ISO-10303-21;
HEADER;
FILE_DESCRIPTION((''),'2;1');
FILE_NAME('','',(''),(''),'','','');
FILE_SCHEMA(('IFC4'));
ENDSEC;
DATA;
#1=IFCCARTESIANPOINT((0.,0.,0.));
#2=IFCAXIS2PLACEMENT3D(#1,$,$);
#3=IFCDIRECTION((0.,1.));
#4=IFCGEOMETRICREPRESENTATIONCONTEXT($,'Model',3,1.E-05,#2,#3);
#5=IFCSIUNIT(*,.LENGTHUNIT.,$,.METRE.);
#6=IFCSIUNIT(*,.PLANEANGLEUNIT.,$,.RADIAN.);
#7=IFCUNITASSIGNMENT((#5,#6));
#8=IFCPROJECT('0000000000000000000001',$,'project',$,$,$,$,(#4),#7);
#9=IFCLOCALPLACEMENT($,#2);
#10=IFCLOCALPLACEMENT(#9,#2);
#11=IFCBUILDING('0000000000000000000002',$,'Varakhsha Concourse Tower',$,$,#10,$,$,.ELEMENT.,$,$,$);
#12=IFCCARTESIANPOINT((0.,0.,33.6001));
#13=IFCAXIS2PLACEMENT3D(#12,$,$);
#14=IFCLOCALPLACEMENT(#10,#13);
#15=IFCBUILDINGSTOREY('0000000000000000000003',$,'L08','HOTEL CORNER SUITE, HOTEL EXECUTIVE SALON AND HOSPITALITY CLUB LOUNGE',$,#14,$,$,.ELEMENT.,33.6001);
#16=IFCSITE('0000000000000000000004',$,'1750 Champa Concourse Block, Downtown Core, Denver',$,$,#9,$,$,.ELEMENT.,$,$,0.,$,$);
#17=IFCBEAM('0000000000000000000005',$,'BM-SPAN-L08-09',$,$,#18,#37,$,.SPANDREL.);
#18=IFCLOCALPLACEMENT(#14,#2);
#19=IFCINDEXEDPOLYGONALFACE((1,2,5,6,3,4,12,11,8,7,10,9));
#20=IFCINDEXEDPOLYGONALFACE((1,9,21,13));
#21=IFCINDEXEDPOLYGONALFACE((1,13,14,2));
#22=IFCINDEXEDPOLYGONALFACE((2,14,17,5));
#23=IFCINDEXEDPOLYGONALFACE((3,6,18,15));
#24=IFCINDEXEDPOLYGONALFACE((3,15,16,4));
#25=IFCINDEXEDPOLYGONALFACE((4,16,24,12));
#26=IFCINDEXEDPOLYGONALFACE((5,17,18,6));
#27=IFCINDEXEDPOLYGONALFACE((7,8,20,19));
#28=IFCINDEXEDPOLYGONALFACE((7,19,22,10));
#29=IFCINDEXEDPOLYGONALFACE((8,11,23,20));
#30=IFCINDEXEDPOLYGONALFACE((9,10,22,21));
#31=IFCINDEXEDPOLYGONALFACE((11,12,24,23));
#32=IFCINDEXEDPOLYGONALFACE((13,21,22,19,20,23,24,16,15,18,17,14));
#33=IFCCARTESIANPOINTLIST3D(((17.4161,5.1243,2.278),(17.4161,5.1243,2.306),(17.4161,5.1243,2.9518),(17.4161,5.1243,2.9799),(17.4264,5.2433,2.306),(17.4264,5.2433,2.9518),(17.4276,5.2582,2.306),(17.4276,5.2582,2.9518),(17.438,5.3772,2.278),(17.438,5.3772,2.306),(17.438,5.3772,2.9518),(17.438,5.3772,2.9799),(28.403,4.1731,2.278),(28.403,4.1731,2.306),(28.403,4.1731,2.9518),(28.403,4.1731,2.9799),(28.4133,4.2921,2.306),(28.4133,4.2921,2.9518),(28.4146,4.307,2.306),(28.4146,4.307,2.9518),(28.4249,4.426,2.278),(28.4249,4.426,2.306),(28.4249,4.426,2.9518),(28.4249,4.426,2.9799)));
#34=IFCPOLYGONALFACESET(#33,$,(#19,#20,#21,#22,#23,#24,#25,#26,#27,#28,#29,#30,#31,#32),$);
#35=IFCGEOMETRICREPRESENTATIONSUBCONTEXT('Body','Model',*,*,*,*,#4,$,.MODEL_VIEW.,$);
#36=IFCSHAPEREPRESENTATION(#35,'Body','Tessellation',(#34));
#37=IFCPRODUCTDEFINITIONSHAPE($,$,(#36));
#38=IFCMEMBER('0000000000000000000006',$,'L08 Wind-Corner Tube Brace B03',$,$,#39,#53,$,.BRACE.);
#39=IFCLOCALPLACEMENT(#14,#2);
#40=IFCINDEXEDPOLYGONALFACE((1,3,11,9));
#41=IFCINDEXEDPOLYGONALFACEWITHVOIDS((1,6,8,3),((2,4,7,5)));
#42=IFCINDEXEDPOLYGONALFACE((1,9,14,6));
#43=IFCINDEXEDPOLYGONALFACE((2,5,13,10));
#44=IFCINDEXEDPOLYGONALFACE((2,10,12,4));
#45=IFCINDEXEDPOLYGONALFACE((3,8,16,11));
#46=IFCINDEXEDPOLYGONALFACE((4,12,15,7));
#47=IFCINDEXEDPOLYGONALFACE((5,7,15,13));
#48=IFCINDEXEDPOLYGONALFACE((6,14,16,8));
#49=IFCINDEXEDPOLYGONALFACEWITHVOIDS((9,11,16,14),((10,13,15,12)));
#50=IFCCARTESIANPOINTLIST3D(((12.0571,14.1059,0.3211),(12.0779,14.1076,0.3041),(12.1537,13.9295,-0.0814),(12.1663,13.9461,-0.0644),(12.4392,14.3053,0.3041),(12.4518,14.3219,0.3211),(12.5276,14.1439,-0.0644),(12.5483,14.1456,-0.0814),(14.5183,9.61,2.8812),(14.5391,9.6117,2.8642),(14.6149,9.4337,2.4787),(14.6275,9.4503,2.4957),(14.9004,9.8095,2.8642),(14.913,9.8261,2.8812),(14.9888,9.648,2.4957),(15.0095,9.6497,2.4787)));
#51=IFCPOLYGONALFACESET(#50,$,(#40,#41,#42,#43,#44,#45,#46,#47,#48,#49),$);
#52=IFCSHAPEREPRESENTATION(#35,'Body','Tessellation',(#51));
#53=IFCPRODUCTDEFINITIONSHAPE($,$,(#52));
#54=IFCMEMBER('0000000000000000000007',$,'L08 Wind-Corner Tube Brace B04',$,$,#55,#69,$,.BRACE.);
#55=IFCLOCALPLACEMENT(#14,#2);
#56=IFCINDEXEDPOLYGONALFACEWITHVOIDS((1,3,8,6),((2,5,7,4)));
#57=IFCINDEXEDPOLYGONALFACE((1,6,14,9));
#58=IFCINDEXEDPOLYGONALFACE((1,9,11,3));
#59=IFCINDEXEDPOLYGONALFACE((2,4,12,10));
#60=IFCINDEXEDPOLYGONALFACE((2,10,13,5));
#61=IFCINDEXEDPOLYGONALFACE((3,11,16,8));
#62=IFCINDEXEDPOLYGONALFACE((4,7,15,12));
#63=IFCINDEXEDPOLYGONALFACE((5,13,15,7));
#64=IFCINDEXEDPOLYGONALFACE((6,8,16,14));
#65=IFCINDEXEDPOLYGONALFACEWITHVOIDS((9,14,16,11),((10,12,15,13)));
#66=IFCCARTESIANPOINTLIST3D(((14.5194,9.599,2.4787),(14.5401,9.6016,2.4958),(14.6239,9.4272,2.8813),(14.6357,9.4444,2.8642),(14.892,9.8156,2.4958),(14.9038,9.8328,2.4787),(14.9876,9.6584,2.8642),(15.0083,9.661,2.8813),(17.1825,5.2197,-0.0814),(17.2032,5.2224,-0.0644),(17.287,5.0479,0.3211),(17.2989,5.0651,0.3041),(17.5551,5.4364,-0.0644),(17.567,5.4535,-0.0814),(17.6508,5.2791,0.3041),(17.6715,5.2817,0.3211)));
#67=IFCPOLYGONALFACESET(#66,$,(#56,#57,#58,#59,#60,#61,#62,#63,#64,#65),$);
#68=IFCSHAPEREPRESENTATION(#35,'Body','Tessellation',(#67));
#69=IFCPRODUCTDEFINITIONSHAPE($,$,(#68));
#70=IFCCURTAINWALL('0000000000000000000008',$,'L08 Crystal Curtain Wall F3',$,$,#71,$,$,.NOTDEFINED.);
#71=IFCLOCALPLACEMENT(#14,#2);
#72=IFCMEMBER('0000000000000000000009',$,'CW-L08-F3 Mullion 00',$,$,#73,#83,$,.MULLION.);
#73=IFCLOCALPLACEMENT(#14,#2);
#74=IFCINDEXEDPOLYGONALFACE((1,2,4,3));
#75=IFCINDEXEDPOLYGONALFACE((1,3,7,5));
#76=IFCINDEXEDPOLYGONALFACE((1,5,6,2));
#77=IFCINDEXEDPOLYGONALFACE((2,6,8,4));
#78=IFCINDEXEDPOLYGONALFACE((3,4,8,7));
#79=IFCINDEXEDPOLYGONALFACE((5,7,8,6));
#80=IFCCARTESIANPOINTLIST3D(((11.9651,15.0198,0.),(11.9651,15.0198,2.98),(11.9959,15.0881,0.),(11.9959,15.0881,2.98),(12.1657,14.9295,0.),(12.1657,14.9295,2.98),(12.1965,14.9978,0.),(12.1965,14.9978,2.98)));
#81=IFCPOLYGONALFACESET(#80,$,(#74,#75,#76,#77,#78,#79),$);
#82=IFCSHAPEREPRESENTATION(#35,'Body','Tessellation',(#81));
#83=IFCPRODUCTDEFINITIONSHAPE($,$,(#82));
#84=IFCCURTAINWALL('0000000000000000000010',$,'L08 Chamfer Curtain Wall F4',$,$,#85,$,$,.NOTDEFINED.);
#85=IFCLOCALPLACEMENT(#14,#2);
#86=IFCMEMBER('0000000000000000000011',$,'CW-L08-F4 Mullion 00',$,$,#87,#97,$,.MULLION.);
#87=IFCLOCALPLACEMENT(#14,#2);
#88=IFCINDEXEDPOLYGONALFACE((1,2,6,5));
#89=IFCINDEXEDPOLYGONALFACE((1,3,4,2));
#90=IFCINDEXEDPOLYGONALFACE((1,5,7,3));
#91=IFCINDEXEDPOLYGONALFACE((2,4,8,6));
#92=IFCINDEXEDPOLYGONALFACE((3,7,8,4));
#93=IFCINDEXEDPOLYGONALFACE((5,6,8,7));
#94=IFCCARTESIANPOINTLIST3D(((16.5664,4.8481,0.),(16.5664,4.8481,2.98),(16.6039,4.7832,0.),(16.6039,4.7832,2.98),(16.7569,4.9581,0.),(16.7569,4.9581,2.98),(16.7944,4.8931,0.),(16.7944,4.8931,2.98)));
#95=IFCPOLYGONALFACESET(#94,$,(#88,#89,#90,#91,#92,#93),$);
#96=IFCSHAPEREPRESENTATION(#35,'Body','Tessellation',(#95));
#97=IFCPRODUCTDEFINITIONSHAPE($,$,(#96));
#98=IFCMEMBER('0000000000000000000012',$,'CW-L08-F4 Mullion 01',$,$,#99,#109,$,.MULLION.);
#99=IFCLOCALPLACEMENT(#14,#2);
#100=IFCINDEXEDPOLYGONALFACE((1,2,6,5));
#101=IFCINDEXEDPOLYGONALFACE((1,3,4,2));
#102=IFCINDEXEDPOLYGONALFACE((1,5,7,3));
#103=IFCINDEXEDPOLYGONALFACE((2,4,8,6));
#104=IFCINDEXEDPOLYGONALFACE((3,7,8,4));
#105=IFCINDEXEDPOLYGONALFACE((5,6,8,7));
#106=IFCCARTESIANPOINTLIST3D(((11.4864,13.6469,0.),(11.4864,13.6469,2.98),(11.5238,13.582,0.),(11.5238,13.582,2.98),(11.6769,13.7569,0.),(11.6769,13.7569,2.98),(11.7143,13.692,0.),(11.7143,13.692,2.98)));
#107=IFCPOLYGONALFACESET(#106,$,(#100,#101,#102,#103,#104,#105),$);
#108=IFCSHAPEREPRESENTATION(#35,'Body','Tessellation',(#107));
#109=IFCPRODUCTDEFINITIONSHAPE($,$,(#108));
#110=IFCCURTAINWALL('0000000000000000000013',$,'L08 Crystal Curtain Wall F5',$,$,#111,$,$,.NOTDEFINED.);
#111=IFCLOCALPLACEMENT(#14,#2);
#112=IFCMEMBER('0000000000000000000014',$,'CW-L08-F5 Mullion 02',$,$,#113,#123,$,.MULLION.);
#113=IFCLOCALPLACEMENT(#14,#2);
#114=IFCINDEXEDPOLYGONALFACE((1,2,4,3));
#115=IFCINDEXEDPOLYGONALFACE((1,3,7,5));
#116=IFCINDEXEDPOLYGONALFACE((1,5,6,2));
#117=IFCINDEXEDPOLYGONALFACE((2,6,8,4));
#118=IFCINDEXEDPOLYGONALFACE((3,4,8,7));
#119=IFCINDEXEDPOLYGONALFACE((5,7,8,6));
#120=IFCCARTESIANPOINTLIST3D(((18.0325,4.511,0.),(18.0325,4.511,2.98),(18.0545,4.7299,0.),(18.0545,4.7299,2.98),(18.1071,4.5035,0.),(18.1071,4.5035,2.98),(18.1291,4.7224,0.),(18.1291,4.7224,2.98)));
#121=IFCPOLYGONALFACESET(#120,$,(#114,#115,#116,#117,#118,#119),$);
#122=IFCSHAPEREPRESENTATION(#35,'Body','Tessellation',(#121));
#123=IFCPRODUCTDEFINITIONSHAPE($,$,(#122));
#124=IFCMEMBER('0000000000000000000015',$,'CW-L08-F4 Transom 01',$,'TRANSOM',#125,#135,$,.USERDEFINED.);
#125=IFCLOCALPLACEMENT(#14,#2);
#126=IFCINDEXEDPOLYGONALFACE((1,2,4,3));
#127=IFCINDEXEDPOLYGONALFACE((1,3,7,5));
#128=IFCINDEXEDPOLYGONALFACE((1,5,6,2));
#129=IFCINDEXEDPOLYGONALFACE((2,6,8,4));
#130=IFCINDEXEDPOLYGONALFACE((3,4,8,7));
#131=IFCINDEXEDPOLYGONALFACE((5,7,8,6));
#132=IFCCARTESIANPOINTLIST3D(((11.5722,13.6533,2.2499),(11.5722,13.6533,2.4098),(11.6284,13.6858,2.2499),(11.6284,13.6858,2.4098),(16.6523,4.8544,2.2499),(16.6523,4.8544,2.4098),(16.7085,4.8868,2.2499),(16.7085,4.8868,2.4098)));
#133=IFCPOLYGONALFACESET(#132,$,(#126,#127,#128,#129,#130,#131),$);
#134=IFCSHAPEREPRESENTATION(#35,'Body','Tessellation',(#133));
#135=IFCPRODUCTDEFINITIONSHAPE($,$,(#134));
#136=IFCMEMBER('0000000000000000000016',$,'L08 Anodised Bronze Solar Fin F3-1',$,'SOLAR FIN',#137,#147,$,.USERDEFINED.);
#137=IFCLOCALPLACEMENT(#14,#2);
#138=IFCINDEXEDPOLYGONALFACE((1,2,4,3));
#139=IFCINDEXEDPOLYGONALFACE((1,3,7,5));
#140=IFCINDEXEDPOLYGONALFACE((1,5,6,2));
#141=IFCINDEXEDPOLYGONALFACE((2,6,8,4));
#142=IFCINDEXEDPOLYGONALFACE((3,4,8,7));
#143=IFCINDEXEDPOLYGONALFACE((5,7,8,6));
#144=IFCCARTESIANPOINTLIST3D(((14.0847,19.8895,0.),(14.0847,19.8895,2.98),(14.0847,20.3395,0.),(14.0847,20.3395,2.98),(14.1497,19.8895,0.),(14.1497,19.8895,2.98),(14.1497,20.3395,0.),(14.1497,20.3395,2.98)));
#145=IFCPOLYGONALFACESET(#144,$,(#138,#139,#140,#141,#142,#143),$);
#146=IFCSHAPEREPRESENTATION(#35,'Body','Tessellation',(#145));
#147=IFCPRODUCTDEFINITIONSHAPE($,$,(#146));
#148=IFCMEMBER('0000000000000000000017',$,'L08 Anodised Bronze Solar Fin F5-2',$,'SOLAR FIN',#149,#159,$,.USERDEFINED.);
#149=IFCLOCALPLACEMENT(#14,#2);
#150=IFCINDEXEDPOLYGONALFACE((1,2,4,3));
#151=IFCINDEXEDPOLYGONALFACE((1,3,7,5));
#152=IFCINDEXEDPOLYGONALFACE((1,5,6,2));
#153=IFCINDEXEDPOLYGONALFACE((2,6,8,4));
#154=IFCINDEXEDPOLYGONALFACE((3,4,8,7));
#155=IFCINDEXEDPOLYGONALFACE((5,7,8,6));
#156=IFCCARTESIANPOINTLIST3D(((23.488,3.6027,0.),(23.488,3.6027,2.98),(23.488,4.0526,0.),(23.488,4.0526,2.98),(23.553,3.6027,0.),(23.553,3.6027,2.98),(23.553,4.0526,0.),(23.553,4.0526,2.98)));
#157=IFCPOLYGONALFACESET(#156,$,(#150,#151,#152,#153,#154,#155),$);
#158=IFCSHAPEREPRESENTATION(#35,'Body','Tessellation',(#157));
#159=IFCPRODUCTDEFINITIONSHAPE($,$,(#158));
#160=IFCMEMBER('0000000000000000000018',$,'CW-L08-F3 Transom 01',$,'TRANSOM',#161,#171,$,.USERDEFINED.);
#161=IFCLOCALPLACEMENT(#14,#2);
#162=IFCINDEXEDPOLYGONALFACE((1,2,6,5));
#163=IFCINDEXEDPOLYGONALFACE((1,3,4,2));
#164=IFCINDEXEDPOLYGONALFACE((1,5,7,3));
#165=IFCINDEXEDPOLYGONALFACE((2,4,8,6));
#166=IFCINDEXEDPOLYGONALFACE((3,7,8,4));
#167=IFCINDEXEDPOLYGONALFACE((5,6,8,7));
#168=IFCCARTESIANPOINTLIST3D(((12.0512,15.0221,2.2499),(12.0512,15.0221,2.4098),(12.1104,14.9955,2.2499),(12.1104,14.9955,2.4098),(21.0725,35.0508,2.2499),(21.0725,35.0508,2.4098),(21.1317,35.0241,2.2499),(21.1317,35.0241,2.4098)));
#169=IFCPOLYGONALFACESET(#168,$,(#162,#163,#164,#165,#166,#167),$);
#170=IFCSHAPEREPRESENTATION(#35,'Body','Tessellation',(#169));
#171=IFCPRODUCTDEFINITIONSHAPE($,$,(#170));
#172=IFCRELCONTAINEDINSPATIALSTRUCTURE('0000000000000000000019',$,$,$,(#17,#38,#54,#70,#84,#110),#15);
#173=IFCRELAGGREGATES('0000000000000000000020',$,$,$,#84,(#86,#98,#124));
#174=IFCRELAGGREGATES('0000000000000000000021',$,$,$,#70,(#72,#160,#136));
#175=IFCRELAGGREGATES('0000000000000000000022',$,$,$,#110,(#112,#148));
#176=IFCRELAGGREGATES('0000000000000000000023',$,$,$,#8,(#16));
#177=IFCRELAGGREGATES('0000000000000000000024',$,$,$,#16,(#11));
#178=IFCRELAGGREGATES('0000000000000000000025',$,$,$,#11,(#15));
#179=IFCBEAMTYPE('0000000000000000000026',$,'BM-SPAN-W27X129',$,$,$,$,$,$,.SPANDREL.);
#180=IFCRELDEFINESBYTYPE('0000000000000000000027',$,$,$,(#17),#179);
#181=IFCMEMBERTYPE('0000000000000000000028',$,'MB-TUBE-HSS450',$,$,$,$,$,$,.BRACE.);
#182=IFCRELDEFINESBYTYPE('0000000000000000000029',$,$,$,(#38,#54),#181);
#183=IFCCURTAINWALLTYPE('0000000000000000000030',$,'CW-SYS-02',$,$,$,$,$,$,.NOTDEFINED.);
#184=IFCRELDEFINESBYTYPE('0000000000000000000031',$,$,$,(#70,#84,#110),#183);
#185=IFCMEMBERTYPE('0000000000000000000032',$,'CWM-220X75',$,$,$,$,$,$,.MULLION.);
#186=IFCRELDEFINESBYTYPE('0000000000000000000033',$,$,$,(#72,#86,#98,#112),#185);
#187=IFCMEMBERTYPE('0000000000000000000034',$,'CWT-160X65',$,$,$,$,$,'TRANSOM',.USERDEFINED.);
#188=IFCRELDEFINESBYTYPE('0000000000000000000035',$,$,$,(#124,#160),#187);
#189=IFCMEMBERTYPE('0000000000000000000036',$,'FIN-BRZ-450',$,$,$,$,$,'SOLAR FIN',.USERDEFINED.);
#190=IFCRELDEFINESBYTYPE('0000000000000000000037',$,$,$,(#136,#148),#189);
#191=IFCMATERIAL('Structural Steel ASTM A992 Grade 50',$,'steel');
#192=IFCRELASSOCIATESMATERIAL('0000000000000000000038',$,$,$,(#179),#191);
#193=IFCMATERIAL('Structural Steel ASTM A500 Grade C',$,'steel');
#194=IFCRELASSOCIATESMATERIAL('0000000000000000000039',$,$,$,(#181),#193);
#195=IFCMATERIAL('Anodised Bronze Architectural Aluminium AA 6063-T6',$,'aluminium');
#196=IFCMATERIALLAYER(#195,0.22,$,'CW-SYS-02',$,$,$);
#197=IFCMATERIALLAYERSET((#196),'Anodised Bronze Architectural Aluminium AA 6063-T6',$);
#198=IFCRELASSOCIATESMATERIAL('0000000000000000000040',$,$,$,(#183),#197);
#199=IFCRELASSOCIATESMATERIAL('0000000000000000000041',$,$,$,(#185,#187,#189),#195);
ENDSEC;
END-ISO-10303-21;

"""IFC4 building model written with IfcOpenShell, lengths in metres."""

from ifc_helpers import new_model, si_unit, direction, frame, origin, origin_2d, place, context, subcontext, project, spatial, rectangle, hollow_rectangle, i_section, extrude, source, transform, mapped, material, layer, layer_set, material_profile, profile_set, type_object, type_shapes, element, aggregate, save


model = new_model("IFC4")

# Units and contexts
model_context = context("Model", 3, precision=1e-05, world=origin(), true_north=direction((0.0, 1.0)))
body_context = subcontext(model_context, "Body", "Model", "MODEL_VIEW")
ifc_project = project(units=[si_unit("LENGTHUNIT", "METRE"), si_unit("PLANEANGLEUNIT", "RADIAN")], contexts=[model_context])

# Site, building, storey
site_placement = place(None, origin())
site = spatial("IfcSite", under=ifc_project, at=site_placement, Name="1750 Champa Concourse Block, Downtown Core, Denver", CompositionType="ELEMENT", RefElevation=0.0)
building_placement = place(site_placement, origin())
building = spatial("IfcBuilding", under=site, at=building_placement, Name="Varakhsha Concourse Tower", CompositionType="ELEMENT")
storey_placement = place(building_placement, frame((0.0, 0.0, 33.6001)))
storey = spatial("IfcBuildingStorey", under=building, at=storey_placement, Name="L08", Description="HOTEL CORNER SUITE, HOTEL EXECUTIVE SALON AND HOSPITALITY CLUB LOUNGE", CompositionType="ELEMENT", Elevation=33.6001)

# Shared definitions
ifc_material_1 = material(Name="Structural Steel ASTM A992 Grade 50", Category="steel")

# Beam
ifc_material_profile_1 = material_profile(ifc_material_1, i_section(OverallWidth=0.2539, OverallDepth=0.7019, WebThickness=0.0149, FlangeThickness=0.0281, at=origin_2d()), Name="W27X129")
ifc_profile_set_1 = profile_set([ifc_material_profile_1], Name="Structural Steel ASTM A992 Grade 50")
beam_type_1 = type_object("IfcBeamType", Name="BM-SPAN-W27X129", PredefinedType="SPANDREL", material=ifc_profile_set_1)
beam_1_placement = place(storey_placement, frame((17.427, 5.2507, 2.6289), z_axis=(0.996274, -0.086249, 0.0), x_axis=(0.086249, 0.996274, 0.0)))
element("IfcBeam", 1, at=beam_1_placement, inside=storey, type_object=beam_type_1, Name="BM-SPAN-L08-09", PredefinedType="SPANDREL", context=body_context, shape_type="SweptSolid", body=[
    extrude(i_section(OverallWidth=0.2539, OverallDepth=0.7019, WebThickness=0.0149, FlangeThickness=0.0281, at=origin_2d()), origin(), (0.0, 0.0, 1.0), 11.0281),
])

# Members
ifc_material_2 = material(Name="Structural Steel ASTM A500 Grade C", Category="steel")
ifc_material_profile_2 = material_profile(ifc_material_2, hollow_rectangle(XDim=0.45, YDim=0.45, WallThickness=0.019, at=origin_2d()), Name="HSS 450x450x19")
ifc_profile_set_2 = profile_set([ifc_material_profile_2], Name="Structural Steel ASTM A500 Grade C")
member_type_1 = type_object("IfcMemberType", Name="MB-TUBE-HSS450", PredefinedType="BRACE", material=ifc_profile_set_2)
shared_shape_1 = source(origin(), body_context, "Body", "SweptSolid", [
    extrude(hollow_rectangle(XDim=0.45, YDim=0.45, WallThickness=0.019, at=origin_2d()), origin(), (0.0, 0.0, 1.0), 5.7292),
])
type_shapes(member_type_1, [shared_shape_1])
for number, where, z_axis, x_axis, name in (
    (2, (12.3027, 14.1257, 0.1199), (0.429584, -0.784723, 0.446842), (0.877165, 0.48019, 0.0), "L08 Wind-Corner Tube Brace B03"),
    (3, (17.427, 5.2507, 0.1199), (-0.464833, 0.764366, 0.44685), (-0.854414, -0.519593, 0.0), "L08 Wind-Corner Tube Brace B04"),
):
    element("IfcMember", number, at=place(storey_placement, frame(where, z_axis=z_axis, x_axis=x_axis)), inside=storey, type_object=member_type_1, Name=name, PredefinedType="BRACE", context=body_context, shape_type="MappedRepresentation", body=[
        mapped(shared_shape_1, transform((0.0, 0.0, 0.0), scale=1.0)),
    ])

# Curtain wall, member
ifc_material_3 = material(Name="Anodised Bronze Architectural Aluminium AA 6063-T6", Category="aluminium")
ifc_layer_1 = layer(ifc_material_3, 0.22, Name="CW-SYS-02")
ifc_layer_set_1 = layer_set([ifc_layer_1], Name="Anodised Bronze Architectural Aluminium AA 6063-T6")
curtain_wall_type = type_object("IfcCurtainWallType", Name="CW-SYS-02", PredefinedType="NOTDEFINED", material=ifc_layer_set_1)
curtain_wall_1_placement = place(storey_placement, origin())
curtain_wall_1 = element("IfcCurtainWall", 4, at=curtain_wall_1_placement, inside=storey, type_object=curtain_wall_type, Name="L08 Crystal Curtain Wall F3", PredefinedType="NOTDEFINED")
ifc_material_profile_3 = material_profile(ifc_material_3, rectangle(XDim=0.075, YDim=0.22, at=origin_2d()), Name="CWM-220X75")
ifc_profile_set_3 = profile_set([ifc_material_profile_3], Name="Anodised Bronze Architectural Aluminium AA 6063-T6")
member_type_2 = type_object("IfcMemberType", Name="CWM-220X75", PredefinedType="MULLION", material=ifc_profile_set_3)
shared_shape_2 = source(origin(), body_context, "Body", "SweptSolid", [
    extrude(rectangle(XDim=0.075, YDim=0.22, at=origin_2d()), origin(), (0.0, 0.0, 1.0), 2.98),
])
type_shapes(member_type_2, [shared_shape_2])
member_1_placement = place(storey_placement, frame((12.0808, 15.0088, 0.0), z_axis=(0.0, 0.0, 1.0), x_axis=(0.410684, 0.911778, 0.0)))
member_1 = element("IfcMember", 5, at=member_1_placement, type_object=member_type_2, Name="CW-L08-F3 Mullion 00", PredefinedType="MULLION", context=body_context, shape_type="MappedRepresentation", body=[
    mapped(shared_shape_2, transform((0.0, 0.0, 0.0), scale=1.0)),
])

# Curtain wall, members
curtain_wall_2_placement = place(storey_placement, origin())
curtain_wall_2 = element("IfcCurtainWall", 6, at=curtain_wall_2_placement, inside=storey, type_object=curtain_wall_type, Name="L08 Chamfer Curtain Wall F4", PredefinedType="NOTDEFINED")
member_2_placement = place(storey_placement, frame((16.6804, 4.8706, 0.0), z_axis=(0.0, 0.0, 1.0), x_axis=(-0.499997, 0.866027, 0.0)))
member_2 = element("IfcMember", 7, at=member_2_placement, type_object=member_type_2, Name="CW-L08-F4 Mullion 00", PredefinedType="MULLION", context=body_context, shape_type="MappedRepresentation", body=[
    mapped(shared_shape_2, transform((0.0, 0.0, 0.0), scale=1.0)),
])
member_3_placement = place(storey_placement, frame((11.6003, 13.6694, 0.0), z_axis=(0.0, 0.0, 1.0), x_axis=(-0.499997, 0.866027, 0.0)))
member_3 = element("IfcMember", 8, at=member_3_placement, type_object=member_type_2, Name="CW-L08-F4 Mullion 01", PredefinedType="MULLION", context=body_context, shape_type="MappedRepresentation", body=[
    mapped(shared_shape_2, transform((0.0, 0.0, 0.0), scale=1.0)),
])

# Curtain wall, member
curtain_wall_3_placement = place(storey_placement, origin())
curtain_wall_3 = element("IfcCurtainWall", 9, at=curtain_wall_3_placement, inside=storey, type_object=curtain_wall_type, Name="L08 Crystal Curtain Wall F5", PredefinedType="NOTDEFINED")
member_4_placement = place(storey_placement, frame((18.0808, 4.6167, 0.0), z_axis=(0.0, 0.0, 1.0), x_axis=(-0.994965, 0.100226, 0.0)))
member_4 = element("IfcMember", 10, at=member_4_placement, type_object=member_type_2, Name="CW-L08-F5 Mullion 02", PredefinedType="MULLION", context=body_context, shape_type="MappedRepresentation", body=[
    mapped(shared_shape_2, transform((0.0, 0.0, 0.0), scale=1.0)),
])

# Members
ifc_material_profile_4 = material_profile(ifc_material_3, rectangle(XDim=0.0649, YDim=0.1599, at=origin_2d()), Name="CWT-160X65")
ifc_profile_set_4 = profile_set([ifc_material_profile_4], Name="Anodised Bronze Architectural Aluminium AA 6063-T6")
member_type_3 = type_object("IfcMemberType", Name="CWT-160X65", ElementType="TRANSOM", PredefinedType="USERDEFINED", material=ifc_profile_set_4)
shared_shape_3 = source(origin(), body_context, "Body", "SweptSolid", [
    extrude(rectangle(XDim=0.0649, YDim=0.1599, at=origin_2d()), origin(), (0.0, 0.0, 1.0), 10.1602),
])
member_5_placement = place(storey_placement, frame((16.6804, 4.8706, 2.3298), z_axis=(-0.500005, 0.866022, 0.0), x_axis=(-0.866022, -0.500005, 0.0)))
member_5 = element("IfcMember", 11, at=member_5_placement, type_object=member_type_3, Name="CW-L08-F4 Transom 01", ObjectType="TRANSOM", PredefinedType="USERDEFINED", context=body_context, shape_type="MappedRepresentation", body=[
    mapped(shared_shape_3, transform((0.0, 0.0, 0.0), scale=1.0)),
])
ifc_material_profile_5 = material_profile(ifc_material_3, rectangle(XDim=0.0649, YDim=0.45, at=origin_2d()), Name="FIN-BRZ-450")
ifc_profile_set_5 = profile_set([ifc_material_profile_5], Name="Anodised Bronze Architectural Aluminium AA 6063-T6")
member_type_4 = type_object("IfcMemberType", Name="FIN-BRZ-450", ElementType="SOLAR FIN", PredefinedType="USERDEFINED", material=ifc_profile_set_5)
shared_shape_4 = source(origin(), body_context, "Body", "SweptSolid", [
    extrude(rectangle(XDim=0.0649, YDim=0.45, at=origin_2d()), origin(), (0.0, 0.0, 1.0), 2.98),
])
type_shapes(member_type_4, [shared_shape_4])
member_6_placement = place(storey_placement, frame((14.1172, 20.1145, 0.0), z_axis=(0.0, 0.0, 1.0), x_axis=(1.0, 0.0, 0.0)))
member_6 = element("IfcMember", 12, at=member_6_placement, type_object=member_type_4, Name="L08 Anodised Bronze Solar Fin F3-1", ObjectType="SOLAR FIN", PredefinedType="USERDEFINED", context=body_context, shape_type="MappedRepresentation", body=[
    mapped(shared_shape_4, transform((0.0, 0.0, 0.0), scale=1.0)),
])
member_7_placement = place(storey_placement, frame((23.5205, 3.8276, 0.0), z_axis=(0.0, 0.0, 1.0), x_axis=(1.0, 0.0, 0.0)))
member_7 = element("IfcMember", 13, at=member_7_placement, type_object=member_type_4, Name="L08 Anodised Bronze Solar Fin F5-2", ObjectType="SOLAR FIN", PredefinedType="USERDEFINED", context=body_context, shape_type="MappedRepresentation", body=[
    mapped(shared_shape_4, transform((0.0, 0.0, 0.0), scale=1.0)),
])
shared_shape_5 = source(origin(), body_context, "Body", "SweptSolid", [
    extrude(rectangle(XDim=0.0649, YDim=0.1599, at=origin_2d()), origin(), (0.0, 0.0, 1.0), 21.9666),
])
type_shapes(member_type_3, [shared_shape_3, shared_shape_5])
member_8_placement = place(storey_placement, frame((12.0808, 15.0088, 2.3298), z_axis=(0.410682, 0.911779, 0.0), x_axis=(-0.911779, 0.410682, 0.0)))
member_8 = element("IfcMember", 14, at=member_8_placement, type_object=member_type_3, Name="CW-L08-F3 Transom 01", ObjectType="TRANSOM", PredefinedType="USERDEFINED", context=body_context, shape_type="MappedRepresentation", body=[
    mapped(shared_shape_5, transform((0.0, 0.0, 0.0), scale=1.0)),
])

aggregate(curtain_wall_2, [member_2, member_3, member_5])
aggregate(curtain_wall_1, [member_1, member_8, member_6])
aggregate(curtain_wall_3, [member_4, member_7])

save(model, "model.ifc")
